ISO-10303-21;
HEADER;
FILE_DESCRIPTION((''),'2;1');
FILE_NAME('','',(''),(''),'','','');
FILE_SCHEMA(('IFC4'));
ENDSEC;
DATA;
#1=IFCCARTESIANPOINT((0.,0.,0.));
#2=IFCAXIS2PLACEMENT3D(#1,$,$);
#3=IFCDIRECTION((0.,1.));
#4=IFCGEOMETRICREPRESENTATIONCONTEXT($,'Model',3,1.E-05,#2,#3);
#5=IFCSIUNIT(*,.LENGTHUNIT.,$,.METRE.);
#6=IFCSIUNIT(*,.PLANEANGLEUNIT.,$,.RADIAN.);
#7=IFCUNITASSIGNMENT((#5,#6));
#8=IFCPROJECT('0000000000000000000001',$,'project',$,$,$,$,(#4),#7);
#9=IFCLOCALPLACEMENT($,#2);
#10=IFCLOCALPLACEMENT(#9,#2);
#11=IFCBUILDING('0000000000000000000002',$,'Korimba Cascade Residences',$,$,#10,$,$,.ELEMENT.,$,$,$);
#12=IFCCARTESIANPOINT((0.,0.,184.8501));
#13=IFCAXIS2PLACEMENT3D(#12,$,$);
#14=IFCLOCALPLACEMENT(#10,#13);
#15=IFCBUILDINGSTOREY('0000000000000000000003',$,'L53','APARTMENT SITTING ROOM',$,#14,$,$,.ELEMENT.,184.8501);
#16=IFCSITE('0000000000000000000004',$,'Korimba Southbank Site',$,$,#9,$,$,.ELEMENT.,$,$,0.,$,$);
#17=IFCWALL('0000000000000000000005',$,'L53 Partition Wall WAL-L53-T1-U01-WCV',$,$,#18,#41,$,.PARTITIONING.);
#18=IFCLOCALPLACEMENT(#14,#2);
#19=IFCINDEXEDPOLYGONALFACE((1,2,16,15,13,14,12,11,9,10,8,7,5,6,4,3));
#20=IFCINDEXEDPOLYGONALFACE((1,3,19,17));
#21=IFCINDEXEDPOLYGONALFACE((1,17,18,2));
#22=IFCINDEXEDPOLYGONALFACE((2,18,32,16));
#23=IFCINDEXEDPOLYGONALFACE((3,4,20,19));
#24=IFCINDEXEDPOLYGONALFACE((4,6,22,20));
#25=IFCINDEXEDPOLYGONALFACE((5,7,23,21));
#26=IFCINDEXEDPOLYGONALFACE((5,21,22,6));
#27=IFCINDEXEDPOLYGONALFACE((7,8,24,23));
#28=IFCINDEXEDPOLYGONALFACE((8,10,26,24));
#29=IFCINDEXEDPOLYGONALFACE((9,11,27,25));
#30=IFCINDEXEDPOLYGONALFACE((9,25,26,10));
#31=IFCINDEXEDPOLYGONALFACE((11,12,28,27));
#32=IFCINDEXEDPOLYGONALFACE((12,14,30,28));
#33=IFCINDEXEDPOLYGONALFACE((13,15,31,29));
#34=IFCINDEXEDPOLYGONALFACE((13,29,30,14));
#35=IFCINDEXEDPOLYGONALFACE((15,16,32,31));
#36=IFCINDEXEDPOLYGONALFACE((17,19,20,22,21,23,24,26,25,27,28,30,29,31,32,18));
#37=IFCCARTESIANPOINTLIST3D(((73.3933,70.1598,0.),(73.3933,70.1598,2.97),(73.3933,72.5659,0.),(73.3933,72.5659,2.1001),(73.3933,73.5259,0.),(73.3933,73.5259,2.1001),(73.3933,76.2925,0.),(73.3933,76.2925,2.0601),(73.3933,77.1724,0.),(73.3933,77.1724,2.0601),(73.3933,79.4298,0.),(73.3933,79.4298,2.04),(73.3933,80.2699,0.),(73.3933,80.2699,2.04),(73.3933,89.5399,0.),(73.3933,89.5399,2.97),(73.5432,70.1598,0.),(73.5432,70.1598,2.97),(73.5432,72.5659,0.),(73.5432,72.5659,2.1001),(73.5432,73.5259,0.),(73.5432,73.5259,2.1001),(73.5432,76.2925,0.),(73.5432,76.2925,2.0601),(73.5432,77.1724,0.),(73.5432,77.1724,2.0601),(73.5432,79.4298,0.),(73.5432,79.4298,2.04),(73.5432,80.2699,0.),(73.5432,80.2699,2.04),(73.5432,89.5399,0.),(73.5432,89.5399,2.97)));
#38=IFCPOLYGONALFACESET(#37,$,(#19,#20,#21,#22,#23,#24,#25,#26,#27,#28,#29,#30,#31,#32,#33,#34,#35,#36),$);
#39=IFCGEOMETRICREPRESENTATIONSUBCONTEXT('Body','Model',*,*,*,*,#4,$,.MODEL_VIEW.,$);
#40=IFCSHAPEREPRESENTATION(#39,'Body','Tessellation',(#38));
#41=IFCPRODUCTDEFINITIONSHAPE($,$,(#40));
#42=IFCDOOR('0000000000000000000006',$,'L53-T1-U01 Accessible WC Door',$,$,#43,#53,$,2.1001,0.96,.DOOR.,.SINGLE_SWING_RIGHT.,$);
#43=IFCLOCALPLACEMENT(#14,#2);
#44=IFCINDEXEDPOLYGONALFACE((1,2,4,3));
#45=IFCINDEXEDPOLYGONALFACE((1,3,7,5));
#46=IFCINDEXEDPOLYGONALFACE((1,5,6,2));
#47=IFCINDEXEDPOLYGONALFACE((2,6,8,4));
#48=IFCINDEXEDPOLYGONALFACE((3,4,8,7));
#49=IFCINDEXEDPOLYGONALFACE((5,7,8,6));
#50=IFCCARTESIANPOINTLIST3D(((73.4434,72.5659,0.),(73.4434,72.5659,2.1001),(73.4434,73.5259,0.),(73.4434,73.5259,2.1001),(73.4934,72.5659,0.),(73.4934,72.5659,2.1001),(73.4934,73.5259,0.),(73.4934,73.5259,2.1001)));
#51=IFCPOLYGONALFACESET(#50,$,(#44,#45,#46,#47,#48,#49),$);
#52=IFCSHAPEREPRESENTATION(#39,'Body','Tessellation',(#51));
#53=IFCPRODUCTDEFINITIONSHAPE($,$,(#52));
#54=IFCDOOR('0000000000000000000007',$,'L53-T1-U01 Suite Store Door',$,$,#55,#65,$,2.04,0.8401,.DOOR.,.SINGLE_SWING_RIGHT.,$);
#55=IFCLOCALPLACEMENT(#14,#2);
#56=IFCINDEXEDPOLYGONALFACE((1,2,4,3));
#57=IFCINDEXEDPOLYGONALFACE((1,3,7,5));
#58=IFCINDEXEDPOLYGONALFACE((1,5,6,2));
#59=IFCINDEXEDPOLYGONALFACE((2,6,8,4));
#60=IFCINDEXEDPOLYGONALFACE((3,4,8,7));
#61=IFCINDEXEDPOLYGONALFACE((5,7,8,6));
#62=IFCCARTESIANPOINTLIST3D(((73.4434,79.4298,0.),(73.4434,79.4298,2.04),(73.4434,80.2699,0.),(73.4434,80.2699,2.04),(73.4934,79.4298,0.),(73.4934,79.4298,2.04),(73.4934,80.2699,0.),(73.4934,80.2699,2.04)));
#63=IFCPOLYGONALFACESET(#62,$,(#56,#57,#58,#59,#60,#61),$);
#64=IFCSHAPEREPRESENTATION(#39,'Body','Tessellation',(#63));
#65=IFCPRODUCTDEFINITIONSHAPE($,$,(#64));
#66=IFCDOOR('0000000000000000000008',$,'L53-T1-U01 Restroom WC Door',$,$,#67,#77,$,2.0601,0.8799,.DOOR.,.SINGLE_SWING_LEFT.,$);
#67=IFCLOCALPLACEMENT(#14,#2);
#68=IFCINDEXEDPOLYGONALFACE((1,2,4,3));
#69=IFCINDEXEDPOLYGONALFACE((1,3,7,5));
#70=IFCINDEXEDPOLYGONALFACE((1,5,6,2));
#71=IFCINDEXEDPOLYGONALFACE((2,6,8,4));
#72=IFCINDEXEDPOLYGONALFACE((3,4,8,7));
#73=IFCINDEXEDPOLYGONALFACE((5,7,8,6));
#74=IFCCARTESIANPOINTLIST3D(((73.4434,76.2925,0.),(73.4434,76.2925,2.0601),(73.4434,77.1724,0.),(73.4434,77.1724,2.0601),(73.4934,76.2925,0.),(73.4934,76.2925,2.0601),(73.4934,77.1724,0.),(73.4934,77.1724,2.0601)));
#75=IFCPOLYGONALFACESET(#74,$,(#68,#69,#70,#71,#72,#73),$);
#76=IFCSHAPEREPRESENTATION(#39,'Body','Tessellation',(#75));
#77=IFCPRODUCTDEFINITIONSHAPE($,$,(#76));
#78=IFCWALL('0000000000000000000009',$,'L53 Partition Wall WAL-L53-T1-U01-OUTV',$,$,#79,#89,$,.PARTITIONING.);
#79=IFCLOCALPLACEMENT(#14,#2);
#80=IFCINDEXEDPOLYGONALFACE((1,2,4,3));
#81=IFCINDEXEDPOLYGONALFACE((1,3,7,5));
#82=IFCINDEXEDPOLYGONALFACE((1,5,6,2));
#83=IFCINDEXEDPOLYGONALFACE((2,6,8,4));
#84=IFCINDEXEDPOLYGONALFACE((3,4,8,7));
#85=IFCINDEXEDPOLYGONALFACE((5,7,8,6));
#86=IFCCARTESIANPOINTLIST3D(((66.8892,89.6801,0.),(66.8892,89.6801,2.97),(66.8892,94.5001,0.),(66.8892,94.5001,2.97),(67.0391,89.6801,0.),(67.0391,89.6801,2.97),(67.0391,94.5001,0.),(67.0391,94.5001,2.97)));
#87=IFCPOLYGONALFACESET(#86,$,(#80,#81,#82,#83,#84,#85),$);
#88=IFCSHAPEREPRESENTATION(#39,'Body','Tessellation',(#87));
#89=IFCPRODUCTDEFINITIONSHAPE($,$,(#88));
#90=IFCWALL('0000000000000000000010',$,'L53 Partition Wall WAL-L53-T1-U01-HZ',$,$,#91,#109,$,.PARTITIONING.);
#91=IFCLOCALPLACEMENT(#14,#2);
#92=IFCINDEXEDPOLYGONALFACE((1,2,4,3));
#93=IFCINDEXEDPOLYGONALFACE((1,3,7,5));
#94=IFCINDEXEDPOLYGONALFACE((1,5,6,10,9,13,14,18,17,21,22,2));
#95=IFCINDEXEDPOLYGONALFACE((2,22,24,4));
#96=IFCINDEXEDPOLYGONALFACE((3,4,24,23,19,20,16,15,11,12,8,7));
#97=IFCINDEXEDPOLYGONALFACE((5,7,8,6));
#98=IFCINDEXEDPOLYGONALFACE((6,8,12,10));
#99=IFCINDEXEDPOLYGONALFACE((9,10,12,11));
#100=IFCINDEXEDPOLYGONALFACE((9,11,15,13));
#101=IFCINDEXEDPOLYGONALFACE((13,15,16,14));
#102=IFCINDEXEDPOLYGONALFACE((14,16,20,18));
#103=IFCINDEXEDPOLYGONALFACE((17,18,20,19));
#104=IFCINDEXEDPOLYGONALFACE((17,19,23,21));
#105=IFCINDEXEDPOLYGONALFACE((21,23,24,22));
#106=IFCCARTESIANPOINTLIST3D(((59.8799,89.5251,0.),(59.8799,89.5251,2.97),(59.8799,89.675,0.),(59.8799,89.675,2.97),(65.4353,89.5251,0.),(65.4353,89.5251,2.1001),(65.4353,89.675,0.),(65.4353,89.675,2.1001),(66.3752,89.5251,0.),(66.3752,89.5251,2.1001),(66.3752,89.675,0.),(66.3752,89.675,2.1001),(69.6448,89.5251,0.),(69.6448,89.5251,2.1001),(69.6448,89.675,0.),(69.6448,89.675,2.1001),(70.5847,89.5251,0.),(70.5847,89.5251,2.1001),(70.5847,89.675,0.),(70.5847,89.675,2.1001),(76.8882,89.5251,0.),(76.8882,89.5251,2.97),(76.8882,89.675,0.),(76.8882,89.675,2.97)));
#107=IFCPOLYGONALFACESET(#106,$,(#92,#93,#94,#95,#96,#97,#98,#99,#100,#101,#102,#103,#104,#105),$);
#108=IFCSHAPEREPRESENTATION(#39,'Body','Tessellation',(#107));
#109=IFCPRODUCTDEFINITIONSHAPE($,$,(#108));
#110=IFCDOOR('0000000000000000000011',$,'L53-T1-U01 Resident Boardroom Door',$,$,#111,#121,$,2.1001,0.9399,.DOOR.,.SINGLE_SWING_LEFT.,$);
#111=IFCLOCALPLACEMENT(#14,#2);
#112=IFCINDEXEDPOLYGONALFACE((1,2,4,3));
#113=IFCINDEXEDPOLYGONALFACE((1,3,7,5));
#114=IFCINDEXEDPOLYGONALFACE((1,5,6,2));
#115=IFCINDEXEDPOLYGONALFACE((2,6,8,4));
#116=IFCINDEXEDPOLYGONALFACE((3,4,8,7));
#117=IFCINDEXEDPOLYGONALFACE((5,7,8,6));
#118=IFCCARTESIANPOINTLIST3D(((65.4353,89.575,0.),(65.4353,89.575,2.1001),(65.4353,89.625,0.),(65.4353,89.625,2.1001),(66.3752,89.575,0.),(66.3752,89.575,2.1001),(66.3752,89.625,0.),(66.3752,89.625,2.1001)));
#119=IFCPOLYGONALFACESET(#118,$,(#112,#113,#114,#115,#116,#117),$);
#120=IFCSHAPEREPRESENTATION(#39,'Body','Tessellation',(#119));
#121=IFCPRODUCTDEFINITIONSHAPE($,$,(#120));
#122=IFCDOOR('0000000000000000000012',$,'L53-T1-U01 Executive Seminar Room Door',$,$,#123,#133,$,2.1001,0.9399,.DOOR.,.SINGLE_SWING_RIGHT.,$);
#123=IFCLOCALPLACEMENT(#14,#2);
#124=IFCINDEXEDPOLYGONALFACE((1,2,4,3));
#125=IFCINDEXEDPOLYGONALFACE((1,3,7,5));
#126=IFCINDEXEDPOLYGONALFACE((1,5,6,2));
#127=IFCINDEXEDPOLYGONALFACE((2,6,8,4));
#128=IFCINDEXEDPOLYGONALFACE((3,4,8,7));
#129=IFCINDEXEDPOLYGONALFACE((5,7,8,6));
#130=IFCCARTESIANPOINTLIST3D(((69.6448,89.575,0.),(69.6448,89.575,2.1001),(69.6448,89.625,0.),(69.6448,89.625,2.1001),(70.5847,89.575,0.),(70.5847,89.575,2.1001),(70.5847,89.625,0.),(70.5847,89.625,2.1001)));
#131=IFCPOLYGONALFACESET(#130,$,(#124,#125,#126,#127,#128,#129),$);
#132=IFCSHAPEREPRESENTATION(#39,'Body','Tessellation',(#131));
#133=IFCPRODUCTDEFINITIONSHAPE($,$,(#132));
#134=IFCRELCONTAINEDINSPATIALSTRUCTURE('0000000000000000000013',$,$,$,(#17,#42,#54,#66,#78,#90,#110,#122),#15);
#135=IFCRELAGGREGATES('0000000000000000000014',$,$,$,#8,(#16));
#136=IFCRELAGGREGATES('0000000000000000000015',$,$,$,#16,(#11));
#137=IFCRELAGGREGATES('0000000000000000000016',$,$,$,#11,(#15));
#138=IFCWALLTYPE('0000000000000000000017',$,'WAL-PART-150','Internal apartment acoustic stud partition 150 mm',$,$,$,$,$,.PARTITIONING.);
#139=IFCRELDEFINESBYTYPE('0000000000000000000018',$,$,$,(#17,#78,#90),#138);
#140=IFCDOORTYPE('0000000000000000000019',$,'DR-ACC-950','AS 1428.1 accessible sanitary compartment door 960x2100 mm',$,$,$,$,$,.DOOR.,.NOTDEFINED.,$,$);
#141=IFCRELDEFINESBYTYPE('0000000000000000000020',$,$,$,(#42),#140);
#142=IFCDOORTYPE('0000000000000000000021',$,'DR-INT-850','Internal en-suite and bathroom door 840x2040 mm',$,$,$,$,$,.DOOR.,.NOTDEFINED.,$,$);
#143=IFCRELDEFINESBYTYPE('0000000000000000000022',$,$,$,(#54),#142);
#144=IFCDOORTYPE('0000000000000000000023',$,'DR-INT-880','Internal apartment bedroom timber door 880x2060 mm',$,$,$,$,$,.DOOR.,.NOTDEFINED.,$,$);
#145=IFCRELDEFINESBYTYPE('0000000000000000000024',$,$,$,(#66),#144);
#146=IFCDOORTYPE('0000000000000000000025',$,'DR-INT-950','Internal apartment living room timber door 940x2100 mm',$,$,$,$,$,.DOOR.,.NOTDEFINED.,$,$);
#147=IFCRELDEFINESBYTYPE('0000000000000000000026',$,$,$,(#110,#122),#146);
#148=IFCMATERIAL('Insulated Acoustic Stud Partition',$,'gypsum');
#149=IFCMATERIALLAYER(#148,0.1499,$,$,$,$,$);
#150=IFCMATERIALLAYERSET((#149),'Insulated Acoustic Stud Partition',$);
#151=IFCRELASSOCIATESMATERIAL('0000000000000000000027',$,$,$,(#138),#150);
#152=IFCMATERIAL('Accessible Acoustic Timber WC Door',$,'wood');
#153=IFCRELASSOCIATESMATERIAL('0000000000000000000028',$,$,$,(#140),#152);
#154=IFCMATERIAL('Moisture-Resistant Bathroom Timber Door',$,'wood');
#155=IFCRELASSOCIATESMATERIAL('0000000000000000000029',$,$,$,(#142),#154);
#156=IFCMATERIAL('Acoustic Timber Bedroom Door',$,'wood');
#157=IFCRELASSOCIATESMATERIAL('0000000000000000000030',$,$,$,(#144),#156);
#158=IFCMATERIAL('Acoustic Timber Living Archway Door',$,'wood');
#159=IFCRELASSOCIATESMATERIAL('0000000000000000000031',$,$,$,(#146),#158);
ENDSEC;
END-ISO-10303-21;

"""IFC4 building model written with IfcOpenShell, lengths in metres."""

from ifc_helpers import new_model, si_unit, direction, frame, frame_2d, origin, place, context, subcontext, project, spatial, rectangle, extrude, material, layer, layer_set, type_object, element, fill, save


model = new_model("IFC4")

# Units and contexts
model_context = context("Model", 3, precision=1e-05, world=origin(), true_north=direction((0.0, 1.0)))
body_context = subcontext(model_context, "Body", "Model", "MODEL_VIEW")
ifc_project = project(units=[si_unit("LENGTHUNIT", "METRE"), si_unit("PLANEANGLEUNIT", "RADIAN")], contexts=[model_context])

# Site, building, storey
site_placement = place(None, origin())
site = spatial("IfcSite", under=ifc_project, at=site_placement, Name="Korimba Southbank Site", CompositionType="ELEMENT", RefElevation=0.0)
building_placement = place(site_placement, origin())
building = spatial("IfcBuilding", under=site, at=building_placement, Name="Korimba Cascade Residences", CompositionType="ELEMENT")
storey_placement = place(building_placement, frame((0.0, 0.0, 184.8501)))
storey = spatial("IfcBuildingStorey", under=building, at=storey_placement, Name="L53", Description="APARTMENT SITTING ROOM", CompositionType="ELEMENT", Elevation=184.8501)

# Shared definitions
ifc_material_1 = material(Name="Insulated Acoustic Stud Partition", Category="gypsum")
ifc_layer_1 = layer(ifc_material_1, 0.1499)
ifc_layer_set_1 = layer_set([ifc_layer_1], Name="Insulated Acoustic Stud Partition")
wall_type_1 = type_object("IfcWallType", Name="WAL-PART-150", Description="Internal apartment acoustic stud partition 150 mm", PredefinedType="PARTITIONING", material=ifc_layer_set_1)

# Wall, openings, doors
wall_1_placement = place(storey_placement, frame((73.4683, 70.1599, 0.0), z_axis=(0.0, 0.0, 1.0), x_axis=(0.0, 1.0, 0.0)))
wall_1 = element("IfcWall", 1, at=wall_1_placement, inside=storey, type_object=wall_type_1, Name="L53 Partition Wall WAL-L53-T1-U01-WCV", PredefinedType="PARTITIONING", context=body_context, shape_type="SweptSolid", body=[
    extrude(rectangle(XDim=19.3801, YDim=0.1499, at=frame_2d((9.6899, 0.0))), origin(), (0.0, 0.0, 1.0), 2.97),
])
opening_1_placement = place(wall_1_placement, frame((2.406, 0.0, 0.0)))
opening_1 = element("IfcOpeningElement", 2, at=opening_1_placement, cuts=wall_1, PredefinedType="OPENING", context=body_context, shape_type="SweptSolid", body=[
    extrude(rectangle(XDim=0.96, YDim=2.1001, at=frame_2d((0.48, 1.05))), frame((0.0, 0.085, 0.0), z_axis=(0.0, -1.0, 0.0), x_axis=(1.0, 0.0, 0.0)), (0.0, 0.0, 1.0), 0.1699),
])
opening_2_placement = place(wall_1_placement, frame((6.1326, 0.0, 0.0)))
opening_2 = element("IfcOpeningElement", 3, at=opening_2_placement, cuts=wall_1, PredefinedType="OPENING", context=body_context, shape_type="SweptSolid", body=[
    extrude(rectangle(XDim=0.8799, YDim=2.0601, at=frame_2d((0.4399, 1.03))), frame((0.0, 0.085, 0.0), z_axis=(0.0, -1.0, 0.0), x_axis=(1.0, 0.0, 0.0)), (0.0, 0.0, 1.0), 0.1699),
])
opening_3_placement = place(wall_1_placement, frame((9.27, 0.0, 0.0)))
opening_3 = element("IfcOpeningElement", 4, at=opening_3_placement, cuts=wall_1, PredefinedType="OPENING", context=body_context, shape_type="SweptSolid", body=[
    extrude(rectangle(XDim=0.8401, YDim=2.04, at=frame_2d((0.4199, 1.02))), frame((0.0, 0.085, 0.0), z_axis=(0.0, -1.0, 0.0), x_axis=(1.0, 0.0, 0.0)), (0.0, 0.0, 1.0), 0.1699),
])
ifc_material_2 = material(Name="Accessible Acoustic Timber WC Door", Category="wood")
door_type_1 = type_object("IfcDoorType", Name="DR-ACC-950", Description="AS 1428.1 accessible sanitary compartment door 960x2100 mm", OperationType="NOTDEFINED", PredefinedType="DOOR", material=ifc_material_2)
door_1_placement = place(opening_1_placement, origin())
door_1 = element("IfcDoor", 5, at=door_1_placement, inside=storey, type_object=door_type_1, Name="L53-T1-U01 Accessible WC Door", OperationType="SINGLE_SWING_RIGHT", OverallHeight=2.1001, OverallWidth=0.96, PredefinedType="DOOR", context=body_context, shape_type="SweptSolid", body=[
    extrude(rectangle(XDim=0.96, YDim=2.1001, at=frame_2d((0.48, 1.05))), frame((0.0, 0.0249, 0.0), z_axis=(0.0, -1.0, 0.0), x_axis=(1.0, 0.0, 0.0)), (0.0, 0.0, 1.0), 0.05),
])
fill(opening_1, door_1)
ifc_material_3 = material(Name="Moisture-Resistant Bathroom Timber Door", Category="wood")
door_type_2 = type_object("IfcDoorType", Name="DR-INT-850", Description="Internal en-suite and bathroom door 840x2040 mm", OperationType="NOTDEFINED", PredefinedType="DOOR", material=ifc_material_3)
door_2_placement = place(opening_3_placement, origin())
door_2 = element("IfcDoor", 6, at=door_2_placement, inside=storey, type_object=door_type_2, Name="L53-T1-U01 Suite Store Door", OperationType="SINGLE_SWING_RIGHT", OverallHeight=2.04, OverallWidth=0.8401, PredefinedType="DOOR", context=body_context, shape_type="SweptSolid", body=[
    extrude(rectangle(XDim=0.8401, YDim=2.04, at=frame_2d((0.4199, 1.02))), frame((0.0, 0.0249, 0.0), z_axis=(0.0, -1.0, 0.0), x_axis=(1.0, 0.0, 0.0)), (0.0, 0.0, 1.0), 0.05),
])
fill(opening_3, door_2)
ifc_material_4 = material(Name="Acoustic Timber Bedroom Door", Category="wood")
door_type_3 = type_object("IfcDoorType", Name="DR-INT-880", Description="Internal apartment bedroom timber door 880x2060 mm", OperationType="NOTDEFINED", PredefinedType="DOOR", material=ifc_material_4)
door_3_placement = place(opening_2_placement, origin())
door_3 = element("IfcDoor", 7, at=door_3_placement, inside=storey, type_object=door_type_3, Name="L53-T1-U01 Restroom WC Door", OperationType="SINGLE_SWING_LEFT", OverallHeight=2.0601, OverallWidth=0.8799, PredefinedType="DOOR", context=body_context, shape_type="SweptSolid", body=[
    extrude(rectangle(XDim=0.8799, YDim=2.0601, at=frame_2d((0.4399, 1.03))), frame((0.0, 0.0249, 0.0), z_axis=(0.0, -1.0, 0.0), x_axis=(1.0, 0.0, 0.0)), (0.0, 0.0, 1.0), 0.05),
])
fill(opening_2, door_3)

# Wall
wall_2_placement = place(storey_placement, frame((66.9641, 89.6799, 0.0), z_axis=(0.0, 0.0, 1.0), x_axis=(0.0, 1.0, 0.0)))
element("IfcWall", 8, at=wall_2_placement, inside=storey, type_object=wall_type_1, Name="L53 Partition Wall WAL-L53-T1-U01-OUTV", PredefinedType="PARTITIONING", context=body_context, shape_type="SweptSolid", body=[
    extrude(rectangle(XDim=4.8201, YDim=0.1499, at=frame_2d((2.4102, 0.0))), origin(), (0.0, 0.0, 1.0), 2.97),
])

# Wall, openings, doors
wall_3_placement = place(storey_placement, frame((59.8799, 89.6001, 0.0), z_axis=(0.0, 0.0, 1.0), x_axis=(1.0, 0.0, 0.0)))
wall_3 = element("IfcWall", 9, at=wall_3_placement, inside=storey, type_object=wall_type_1, Name="L53 Partition Wall WAL-L53-T1-U01-HZ", PredefinedType="PARTITIONING", context=body_context, shape_type="SweptSolid", body=[
    extrude(rectangle(XDim=17.0083, YDim=0.1499, at=frame_2d((8.5042, 0.0))), origin(), (0.0, 0.0, 1.0), 2.97),
])
opening_4_placement = place(wall_3_placement, frame((5.5554, 0.0, 0.0)))
opening_4 = element("IfcOpeningElement", 10, at=opening_4_placement, cuts=wall_3, PredefinedType="OPENING", context=body_context, shape_type="SweptSolid", body=[
    extrude(rectangle(XDim=0.9399, YDim=2.1001, at=frame_2d((0.47, 1.05))), frame((0.0, 0.085, 0.0), z_axis=(0.0, -1.0, 0.0), x_axis=(1.0, 0.0, 0.0)), (0.0, 0.0, 1.0), 0.1699),
])
opening_5_placement = place(wall_3_placement, frame((9.7649, 0.0, 0.0)))
opening_5 = element("IfcOpeningElement", 11, at=opening_5_placement, cuts=wall_3, PredefinedType="OPENING", context=body_context, shape_type="SweptSolid", body=[
    extrude(rectangle(XDim=0.9399, YDim=2.1001, at=frame_2d((0.47, 1.05))), frame((0.0, 0.085, 0.0), z_axis=(0.0, -1.0, 0.0), x_axis=(1.0, 0.0, 0.0)), (0.0, 0.0, 1.0), 0.1699),
])
ifc_material_5 = material(Name="Acoustic Timber Living Archway Door", Category="wood")
door_type_4 = type_object("IfcDoorType", Name="DR-INT-950", Description="Internal apartment living room timber door 940x2100 mm", OperationType="NOTDEFINED", PredefinedType="DOOR", material=ifc_material_5)
door_4_placement = place(opening_4_placement, origin())
door_4 = element("IfcDoor", 12, at=door_4_placement, inside=storey, type_object=door_type_4, Name="L53-T1-U01 Resident Boardroom Door", OperationType="SINGLE_SWING_LEFT", OverallHeight=2.1001, OverallWidth=0.9399, PredefinedType="DOOR", context=body_context, shape_type="SweptSolid", body=[
    extrude(rectangle(XDim=0.9399, YDim=2.1001, at=frame_2d((0.47, 1.05))), frame((0.0, 0.0249, 0.0), z_axis=(0.0, -1.0, 0.0), x_axis=(1.0, 0.0, 0.0)), (0.0, 0.0, 1.0), 0.05),
])
fill(opening_4, door_4)
door_5_placement = place(opening_5_placement, origin())
door_5 = element("IfcDoor", 13, at=door_5_placement, inside=storey, type_object=door_type_4, Name="L53-T1-U01 Executive Seminar Room Door", OperationType="SINGLE_SWING_RIGHT", OverallHeight=2.1001, OverallWidth=0.9399, PredefinedType="DOOR", context=body_context, shape_type="SweptSolid", body=[
    extrude(rectangle(XDim=0.9399, YDim=2.1001, at=frame_2d((0.47, 1.05))), frame((0.0, 0.0249, 0.0), z_axis=(0.0, -1.0, 0.0), x_axis=(1.0, 0.0, 0.0)), (0.0, 0.0, 1.0), 0.05),
])
fill(opening_5, door_5)

save(model, "model.ifc")
